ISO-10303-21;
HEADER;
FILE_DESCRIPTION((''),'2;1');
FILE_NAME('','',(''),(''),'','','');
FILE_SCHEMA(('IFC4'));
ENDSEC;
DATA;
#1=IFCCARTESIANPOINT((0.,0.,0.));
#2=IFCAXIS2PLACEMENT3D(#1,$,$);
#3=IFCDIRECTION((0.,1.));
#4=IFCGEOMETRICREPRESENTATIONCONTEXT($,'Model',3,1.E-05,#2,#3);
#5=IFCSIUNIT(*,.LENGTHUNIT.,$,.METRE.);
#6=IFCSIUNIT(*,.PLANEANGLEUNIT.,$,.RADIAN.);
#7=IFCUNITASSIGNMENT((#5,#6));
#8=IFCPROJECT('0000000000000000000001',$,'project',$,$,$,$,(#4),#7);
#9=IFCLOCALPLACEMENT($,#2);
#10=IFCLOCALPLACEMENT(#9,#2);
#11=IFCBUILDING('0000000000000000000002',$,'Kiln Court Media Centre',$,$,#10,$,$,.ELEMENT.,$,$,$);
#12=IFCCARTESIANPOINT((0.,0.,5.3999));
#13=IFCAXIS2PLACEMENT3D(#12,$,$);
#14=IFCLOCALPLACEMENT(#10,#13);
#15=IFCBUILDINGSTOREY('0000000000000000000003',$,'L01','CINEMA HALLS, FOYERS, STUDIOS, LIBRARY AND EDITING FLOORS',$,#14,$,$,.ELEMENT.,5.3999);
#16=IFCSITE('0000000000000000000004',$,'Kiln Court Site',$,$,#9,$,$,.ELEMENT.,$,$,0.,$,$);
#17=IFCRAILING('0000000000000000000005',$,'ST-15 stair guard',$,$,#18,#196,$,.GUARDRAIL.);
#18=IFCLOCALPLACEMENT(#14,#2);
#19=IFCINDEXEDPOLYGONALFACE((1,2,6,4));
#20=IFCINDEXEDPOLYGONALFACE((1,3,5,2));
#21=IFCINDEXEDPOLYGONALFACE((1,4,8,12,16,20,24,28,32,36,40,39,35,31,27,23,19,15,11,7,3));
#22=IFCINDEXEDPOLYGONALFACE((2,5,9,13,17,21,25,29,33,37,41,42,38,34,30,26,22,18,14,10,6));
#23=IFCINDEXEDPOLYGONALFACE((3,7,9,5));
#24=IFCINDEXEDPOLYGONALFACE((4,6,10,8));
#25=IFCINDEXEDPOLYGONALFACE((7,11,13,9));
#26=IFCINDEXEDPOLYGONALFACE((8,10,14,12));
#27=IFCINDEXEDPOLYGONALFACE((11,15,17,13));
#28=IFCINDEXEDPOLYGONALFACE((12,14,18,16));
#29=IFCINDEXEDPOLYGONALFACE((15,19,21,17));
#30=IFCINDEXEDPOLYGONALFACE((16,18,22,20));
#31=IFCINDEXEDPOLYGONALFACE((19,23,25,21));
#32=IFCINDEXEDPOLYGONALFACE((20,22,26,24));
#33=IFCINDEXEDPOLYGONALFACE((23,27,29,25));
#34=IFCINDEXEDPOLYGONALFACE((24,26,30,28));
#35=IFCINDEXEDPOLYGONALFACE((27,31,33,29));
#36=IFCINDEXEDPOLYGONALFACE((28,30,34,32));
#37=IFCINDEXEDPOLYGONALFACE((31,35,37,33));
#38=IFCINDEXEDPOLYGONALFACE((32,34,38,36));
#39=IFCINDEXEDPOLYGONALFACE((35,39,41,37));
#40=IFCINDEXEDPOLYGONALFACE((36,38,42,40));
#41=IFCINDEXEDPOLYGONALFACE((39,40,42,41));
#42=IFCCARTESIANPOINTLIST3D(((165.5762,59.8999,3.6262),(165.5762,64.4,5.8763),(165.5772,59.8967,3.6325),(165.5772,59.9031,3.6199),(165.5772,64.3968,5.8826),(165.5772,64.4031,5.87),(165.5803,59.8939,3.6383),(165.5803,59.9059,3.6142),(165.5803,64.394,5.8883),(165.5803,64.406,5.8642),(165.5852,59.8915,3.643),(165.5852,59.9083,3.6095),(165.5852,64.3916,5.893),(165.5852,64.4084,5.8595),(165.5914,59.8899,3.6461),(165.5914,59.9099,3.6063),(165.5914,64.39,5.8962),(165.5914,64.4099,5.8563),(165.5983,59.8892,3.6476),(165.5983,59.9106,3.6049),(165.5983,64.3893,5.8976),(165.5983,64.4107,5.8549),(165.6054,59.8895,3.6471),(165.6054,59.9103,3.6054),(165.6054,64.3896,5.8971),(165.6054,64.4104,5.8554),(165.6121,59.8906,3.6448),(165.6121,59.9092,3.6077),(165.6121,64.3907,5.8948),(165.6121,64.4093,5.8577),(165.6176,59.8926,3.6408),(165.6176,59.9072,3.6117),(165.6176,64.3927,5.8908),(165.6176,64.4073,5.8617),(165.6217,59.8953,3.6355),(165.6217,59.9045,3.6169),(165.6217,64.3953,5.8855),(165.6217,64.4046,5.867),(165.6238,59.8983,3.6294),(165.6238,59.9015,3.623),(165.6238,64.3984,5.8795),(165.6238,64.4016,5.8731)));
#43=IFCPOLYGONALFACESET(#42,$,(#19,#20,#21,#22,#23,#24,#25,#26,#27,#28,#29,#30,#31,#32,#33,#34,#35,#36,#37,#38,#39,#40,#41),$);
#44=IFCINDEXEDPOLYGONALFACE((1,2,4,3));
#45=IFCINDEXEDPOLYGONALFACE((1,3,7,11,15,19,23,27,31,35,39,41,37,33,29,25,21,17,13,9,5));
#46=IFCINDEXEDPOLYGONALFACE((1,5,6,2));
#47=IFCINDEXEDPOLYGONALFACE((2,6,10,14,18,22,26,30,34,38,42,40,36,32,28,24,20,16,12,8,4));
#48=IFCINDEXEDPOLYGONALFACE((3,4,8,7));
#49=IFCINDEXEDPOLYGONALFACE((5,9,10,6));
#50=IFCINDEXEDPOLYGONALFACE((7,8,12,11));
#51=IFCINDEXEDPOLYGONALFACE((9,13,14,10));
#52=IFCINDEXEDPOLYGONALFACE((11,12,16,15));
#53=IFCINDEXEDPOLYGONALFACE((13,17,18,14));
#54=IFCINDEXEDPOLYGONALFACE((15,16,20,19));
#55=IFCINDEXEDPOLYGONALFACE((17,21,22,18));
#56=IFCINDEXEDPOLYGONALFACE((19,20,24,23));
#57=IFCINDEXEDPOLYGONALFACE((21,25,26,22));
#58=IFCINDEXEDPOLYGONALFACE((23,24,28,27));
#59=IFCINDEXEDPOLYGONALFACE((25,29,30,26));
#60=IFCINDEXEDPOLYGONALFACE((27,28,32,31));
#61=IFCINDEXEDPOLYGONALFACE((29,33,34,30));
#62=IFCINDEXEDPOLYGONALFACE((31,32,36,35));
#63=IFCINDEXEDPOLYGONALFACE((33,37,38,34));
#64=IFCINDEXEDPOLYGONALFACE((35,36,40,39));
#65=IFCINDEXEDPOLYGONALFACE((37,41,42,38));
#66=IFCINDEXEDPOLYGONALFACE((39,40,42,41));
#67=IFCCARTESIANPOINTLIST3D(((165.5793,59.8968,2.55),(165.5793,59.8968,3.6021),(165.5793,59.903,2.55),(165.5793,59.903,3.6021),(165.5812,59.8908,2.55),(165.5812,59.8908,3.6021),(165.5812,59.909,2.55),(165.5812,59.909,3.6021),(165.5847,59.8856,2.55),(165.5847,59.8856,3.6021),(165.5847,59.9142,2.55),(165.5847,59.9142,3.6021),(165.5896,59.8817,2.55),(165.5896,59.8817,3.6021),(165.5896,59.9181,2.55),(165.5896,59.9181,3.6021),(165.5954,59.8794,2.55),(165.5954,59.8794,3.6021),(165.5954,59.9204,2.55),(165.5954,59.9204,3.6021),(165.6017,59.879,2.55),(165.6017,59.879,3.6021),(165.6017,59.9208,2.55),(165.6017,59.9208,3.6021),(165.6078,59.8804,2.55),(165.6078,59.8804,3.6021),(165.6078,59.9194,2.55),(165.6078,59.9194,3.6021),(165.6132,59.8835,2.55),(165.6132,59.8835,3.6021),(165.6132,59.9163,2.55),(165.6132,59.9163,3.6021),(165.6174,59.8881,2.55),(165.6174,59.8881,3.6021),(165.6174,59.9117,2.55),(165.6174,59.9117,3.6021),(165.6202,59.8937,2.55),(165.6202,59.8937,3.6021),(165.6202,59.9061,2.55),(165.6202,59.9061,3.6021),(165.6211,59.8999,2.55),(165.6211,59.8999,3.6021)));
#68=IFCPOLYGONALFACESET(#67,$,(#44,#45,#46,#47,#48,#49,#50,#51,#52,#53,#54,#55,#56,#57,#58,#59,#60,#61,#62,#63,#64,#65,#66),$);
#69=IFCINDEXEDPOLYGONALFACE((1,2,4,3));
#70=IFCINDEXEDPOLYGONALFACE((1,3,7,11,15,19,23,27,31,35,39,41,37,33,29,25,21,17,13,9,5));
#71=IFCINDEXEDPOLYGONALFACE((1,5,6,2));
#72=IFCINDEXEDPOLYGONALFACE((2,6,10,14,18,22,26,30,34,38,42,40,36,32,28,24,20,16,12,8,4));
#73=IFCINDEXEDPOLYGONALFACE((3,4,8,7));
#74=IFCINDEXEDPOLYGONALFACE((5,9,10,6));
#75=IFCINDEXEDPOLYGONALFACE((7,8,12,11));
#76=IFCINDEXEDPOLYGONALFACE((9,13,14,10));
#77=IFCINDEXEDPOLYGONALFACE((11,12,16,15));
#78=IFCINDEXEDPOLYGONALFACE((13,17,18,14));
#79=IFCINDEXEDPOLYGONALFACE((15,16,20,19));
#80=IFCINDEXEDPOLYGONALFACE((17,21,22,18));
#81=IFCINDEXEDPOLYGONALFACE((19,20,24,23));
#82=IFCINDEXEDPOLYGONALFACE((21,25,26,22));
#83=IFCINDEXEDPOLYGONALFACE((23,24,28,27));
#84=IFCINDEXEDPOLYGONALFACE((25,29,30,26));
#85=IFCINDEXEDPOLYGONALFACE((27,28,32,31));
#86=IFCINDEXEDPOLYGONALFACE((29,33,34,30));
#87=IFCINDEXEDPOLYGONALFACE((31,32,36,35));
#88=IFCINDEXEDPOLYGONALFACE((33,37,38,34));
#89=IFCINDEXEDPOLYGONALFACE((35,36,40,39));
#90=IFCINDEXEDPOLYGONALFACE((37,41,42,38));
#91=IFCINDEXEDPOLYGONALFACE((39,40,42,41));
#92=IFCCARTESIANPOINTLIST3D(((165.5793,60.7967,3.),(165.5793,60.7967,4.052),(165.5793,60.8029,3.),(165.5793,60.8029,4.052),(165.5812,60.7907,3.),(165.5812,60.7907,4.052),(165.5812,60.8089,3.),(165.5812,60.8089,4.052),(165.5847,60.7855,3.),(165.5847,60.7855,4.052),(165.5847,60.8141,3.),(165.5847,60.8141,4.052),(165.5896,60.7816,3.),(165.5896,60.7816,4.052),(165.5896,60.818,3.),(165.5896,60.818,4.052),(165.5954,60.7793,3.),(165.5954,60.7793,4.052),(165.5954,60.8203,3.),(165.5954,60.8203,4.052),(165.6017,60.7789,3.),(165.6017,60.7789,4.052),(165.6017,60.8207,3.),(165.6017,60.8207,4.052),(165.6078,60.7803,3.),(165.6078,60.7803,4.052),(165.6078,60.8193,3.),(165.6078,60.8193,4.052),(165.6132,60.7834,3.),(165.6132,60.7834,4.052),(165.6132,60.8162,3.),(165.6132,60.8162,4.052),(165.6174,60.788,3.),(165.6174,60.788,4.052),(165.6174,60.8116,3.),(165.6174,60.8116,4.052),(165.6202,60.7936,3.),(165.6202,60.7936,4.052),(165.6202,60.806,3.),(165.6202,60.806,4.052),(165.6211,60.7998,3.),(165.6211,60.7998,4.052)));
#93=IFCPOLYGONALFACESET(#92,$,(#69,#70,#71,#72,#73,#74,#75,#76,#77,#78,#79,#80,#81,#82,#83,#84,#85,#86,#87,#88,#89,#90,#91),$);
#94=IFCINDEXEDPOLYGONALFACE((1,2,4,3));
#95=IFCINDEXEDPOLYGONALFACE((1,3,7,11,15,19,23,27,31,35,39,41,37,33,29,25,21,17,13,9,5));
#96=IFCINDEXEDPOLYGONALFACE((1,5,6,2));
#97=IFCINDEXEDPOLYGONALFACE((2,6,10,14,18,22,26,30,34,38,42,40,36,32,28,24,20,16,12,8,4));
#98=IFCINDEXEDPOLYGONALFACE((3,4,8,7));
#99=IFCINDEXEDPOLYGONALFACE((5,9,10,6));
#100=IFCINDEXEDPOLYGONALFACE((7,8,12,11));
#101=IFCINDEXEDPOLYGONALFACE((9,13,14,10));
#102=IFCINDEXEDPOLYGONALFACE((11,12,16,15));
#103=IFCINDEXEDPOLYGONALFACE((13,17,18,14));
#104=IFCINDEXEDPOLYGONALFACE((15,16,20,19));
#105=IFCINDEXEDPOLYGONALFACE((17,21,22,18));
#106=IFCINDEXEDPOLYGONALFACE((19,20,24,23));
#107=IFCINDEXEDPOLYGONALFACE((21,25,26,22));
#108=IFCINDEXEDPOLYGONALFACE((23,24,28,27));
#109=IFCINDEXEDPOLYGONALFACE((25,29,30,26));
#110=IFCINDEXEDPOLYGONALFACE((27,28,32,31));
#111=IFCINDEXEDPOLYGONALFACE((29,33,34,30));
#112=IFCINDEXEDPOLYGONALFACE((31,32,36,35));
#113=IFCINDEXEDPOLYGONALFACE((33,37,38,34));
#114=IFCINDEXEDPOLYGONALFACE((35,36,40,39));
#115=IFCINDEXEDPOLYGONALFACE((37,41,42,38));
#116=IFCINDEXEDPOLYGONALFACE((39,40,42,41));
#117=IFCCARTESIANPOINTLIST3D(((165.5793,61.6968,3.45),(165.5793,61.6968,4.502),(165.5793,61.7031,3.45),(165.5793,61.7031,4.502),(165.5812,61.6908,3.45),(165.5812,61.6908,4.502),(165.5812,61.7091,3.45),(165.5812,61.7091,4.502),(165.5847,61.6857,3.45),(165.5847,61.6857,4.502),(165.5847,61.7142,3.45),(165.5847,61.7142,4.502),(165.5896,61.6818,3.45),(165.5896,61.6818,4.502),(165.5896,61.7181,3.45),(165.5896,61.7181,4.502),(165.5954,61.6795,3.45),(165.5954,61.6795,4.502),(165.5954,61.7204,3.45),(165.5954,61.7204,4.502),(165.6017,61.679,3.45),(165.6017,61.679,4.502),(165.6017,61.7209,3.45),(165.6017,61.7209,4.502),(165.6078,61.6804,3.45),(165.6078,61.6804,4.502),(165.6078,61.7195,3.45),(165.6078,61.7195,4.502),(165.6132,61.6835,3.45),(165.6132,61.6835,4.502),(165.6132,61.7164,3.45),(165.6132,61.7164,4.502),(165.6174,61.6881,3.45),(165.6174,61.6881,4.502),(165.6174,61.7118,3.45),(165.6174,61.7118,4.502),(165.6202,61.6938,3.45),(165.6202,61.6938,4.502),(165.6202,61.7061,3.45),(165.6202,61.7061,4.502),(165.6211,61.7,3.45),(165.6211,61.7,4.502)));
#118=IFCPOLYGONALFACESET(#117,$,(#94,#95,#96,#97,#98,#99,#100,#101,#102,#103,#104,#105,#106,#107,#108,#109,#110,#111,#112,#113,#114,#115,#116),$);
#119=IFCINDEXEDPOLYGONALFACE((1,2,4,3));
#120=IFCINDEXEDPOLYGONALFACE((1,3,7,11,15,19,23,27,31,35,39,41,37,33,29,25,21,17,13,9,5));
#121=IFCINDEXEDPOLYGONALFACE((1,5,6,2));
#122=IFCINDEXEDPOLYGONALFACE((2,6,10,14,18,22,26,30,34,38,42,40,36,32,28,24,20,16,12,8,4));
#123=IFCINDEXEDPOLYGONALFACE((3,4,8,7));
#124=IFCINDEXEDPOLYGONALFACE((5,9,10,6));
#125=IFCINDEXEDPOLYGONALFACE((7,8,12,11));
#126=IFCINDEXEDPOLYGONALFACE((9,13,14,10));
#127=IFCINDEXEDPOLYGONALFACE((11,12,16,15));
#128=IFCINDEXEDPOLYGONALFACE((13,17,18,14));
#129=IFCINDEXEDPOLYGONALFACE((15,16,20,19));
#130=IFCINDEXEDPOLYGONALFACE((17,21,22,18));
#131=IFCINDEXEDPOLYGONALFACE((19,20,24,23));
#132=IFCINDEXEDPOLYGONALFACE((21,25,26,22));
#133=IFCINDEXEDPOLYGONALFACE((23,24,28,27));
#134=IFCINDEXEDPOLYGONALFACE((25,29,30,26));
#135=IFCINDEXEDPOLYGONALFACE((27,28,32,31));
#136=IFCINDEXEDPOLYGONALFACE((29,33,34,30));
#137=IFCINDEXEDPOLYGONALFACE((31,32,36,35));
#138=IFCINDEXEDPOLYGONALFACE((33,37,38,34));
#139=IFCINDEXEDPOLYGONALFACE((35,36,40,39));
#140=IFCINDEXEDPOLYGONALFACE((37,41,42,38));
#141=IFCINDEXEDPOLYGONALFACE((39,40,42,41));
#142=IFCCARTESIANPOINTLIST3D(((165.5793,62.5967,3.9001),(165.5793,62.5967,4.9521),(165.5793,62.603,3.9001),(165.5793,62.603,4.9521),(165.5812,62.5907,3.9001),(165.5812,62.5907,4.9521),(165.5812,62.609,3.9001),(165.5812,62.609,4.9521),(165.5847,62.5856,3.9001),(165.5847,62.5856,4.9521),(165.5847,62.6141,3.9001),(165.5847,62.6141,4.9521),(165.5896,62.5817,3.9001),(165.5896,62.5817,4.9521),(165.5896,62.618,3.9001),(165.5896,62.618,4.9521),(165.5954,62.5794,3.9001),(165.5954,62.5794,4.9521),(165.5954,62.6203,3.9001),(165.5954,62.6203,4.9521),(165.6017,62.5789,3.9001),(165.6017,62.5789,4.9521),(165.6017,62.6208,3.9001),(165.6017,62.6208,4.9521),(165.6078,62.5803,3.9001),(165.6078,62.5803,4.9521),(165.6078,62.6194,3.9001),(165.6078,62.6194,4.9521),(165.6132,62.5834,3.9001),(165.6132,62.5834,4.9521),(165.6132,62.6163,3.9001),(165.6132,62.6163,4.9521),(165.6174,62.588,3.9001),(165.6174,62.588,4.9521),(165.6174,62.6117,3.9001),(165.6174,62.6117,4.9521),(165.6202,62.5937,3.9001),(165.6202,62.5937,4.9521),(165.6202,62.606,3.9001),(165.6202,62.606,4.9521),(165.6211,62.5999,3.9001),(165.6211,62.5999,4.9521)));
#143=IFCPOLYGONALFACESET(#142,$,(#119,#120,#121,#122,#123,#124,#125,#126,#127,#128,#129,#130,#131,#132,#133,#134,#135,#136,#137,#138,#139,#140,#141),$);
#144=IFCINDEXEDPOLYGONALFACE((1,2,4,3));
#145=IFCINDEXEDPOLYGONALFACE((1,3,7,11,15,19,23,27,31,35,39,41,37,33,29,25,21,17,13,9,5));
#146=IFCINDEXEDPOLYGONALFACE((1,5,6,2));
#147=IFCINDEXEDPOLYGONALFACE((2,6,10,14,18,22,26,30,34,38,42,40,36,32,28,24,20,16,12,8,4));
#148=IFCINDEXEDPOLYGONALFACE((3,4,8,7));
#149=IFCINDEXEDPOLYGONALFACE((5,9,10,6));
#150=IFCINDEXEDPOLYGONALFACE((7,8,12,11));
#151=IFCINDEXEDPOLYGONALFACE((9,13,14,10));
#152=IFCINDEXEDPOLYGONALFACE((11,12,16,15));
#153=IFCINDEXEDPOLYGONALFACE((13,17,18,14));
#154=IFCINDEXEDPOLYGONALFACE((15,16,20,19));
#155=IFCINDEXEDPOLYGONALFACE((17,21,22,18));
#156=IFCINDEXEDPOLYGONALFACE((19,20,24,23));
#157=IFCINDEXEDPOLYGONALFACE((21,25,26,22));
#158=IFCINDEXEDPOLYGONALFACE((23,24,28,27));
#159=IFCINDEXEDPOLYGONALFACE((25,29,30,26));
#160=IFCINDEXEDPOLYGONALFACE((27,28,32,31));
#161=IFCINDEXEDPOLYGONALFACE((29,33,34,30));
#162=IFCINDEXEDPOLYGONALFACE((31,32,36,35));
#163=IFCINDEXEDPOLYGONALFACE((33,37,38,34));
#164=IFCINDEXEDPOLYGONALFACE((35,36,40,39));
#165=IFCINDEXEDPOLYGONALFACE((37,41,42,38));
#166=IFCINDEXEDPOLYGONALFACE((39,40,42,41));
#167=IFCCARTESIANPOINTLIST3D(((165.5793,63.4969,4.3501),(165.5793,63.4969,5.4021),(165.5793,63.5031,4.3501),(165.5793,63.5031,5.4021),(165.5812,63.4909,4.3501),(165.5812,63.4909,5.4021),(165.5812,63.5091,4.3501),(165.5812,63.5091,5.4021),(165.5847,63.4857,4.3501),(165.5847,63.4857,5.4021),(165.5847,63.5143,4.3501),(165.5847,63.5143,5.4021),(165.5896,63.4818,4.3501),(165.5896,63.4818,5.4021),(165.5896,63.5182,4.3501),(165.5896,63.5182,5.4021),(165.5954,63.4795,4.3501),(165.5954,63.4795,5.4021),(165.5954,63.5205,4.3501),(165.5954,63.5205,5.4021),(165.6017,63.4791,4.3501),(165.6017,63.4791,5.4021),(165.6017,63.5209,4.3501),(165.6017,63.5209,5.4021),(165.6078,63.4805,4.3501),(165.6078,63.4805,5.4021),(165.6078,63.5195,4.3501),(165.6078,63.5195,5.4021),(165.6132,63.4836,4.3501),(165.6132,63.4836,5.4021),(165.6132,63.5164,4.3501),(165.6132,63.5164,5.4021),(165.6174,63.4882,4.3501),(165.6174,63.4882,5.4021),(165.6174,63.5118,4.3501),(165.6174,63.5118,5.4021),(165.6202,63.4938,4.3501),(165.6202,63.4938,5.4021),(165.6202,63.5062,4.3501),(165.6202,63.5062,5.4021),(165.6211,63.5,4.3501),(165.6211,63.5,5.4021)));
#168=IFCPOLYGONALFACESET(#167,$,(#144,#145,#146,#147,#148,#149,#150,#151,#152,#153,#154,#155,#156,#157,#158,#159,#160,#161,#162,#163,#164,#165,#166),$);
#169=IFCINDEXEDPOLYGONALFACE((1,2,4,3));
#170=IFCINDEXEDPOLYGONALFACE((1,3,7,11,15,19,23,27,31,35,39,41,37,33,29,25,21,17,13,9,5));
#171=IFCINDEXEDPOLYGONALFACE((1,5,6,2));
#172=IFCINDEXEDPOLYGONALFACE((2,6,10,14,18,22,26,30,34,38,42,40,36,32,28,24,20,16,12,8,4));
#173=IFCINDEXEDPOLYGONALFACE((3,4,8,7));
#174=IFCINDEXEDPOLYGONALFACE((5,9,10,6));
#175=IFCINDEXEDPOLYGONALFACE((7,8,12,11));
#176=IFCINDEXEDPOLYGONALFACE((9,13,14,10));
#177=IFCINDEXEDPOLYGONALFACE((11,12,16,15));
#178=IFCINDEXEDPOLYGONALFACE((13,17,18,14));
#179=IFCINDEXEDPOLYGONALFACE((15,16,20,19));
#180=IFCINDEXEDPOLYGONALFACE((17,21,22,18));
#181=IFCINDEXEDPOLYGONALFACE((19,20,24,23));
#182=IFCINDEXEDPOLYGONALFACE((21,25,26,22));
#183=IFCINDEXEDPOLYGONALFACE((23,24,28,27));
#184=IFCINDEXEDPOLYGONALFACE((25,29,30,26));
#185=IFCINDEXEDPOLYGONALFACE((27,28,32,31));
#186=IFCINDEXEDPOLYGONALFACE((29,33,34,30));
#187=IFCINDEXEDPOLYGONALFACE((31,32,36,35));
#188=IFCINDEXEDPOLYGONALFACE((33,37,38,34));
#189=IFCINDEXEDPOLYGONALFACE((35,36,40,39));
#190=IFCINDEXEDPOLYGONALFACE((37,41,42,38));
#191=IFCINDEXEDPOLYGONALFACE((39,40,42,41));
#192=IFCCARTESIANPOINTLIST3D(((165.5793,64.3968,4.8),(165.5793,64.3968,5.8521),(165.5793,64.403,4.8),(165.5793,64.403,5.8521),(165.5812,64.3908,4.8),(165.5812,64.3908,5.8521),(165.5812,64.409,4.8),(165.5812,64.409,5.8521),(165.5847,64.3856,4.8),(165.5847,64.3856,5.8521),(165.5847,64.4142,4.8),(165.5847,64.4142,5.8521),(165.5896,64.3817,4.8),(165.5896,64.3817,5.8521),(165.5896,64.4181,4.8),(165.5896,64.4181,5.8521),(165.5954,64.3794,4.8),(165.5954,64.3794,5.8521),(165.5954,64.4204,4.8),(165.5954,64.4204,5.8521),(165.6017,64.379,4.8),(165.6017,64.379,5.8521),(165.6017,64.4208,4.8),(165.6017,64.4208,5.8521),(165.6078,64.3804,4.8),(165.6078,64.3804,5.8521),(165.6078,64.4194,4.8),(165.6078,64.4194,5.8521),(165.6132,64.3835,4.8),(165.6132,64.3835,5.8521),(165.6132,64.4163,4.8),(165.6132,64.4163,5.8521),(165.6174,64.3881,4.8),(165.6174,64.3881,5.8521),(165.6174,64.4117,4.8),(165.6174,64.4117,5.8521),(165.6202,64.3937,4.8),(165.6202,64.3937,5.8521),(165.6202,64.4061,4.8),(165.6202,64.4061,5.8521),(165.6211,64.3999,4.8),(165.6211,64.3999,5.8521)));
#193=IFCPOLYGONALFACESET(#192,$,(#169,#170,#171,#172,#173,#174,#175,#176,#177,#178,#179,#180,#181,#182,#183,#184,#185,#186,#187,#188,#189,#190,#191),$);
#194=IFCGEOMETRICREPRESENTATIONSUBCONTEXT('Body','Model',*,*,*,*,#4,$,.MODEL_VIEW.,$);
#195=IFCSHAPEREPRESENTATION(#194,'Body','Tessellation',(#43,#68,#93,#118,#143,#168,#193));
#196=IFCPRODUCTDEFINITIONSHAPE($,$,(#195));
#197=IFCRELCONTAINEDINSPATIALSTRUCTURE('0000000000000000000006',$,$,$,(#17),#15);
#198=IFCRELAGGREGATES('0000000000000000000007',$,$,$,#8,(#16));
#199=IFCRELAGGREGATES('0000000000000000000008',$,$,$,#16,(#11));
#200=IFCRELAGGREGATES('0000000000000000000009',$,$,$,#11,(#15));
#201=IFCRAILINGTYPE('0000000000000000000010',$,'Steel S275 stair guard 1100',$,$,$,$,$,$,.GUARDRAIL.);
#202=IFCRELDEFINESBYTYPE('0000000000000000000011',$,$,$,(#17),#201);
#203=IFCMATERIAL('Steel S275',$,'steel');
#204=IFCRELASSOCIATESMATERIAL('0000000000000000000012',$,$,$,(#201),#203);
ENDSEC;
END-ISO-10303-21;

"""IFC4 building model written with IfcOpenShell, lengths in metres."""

from ifc_helpers import new_model, si_unit, direction, frame, origin, origin_2d, place, context, subcontext, project, spatial, circle, extrude, material, type_object, element, save


model = new_model("IFC4")

# Units and contexts
model_context = context("Model", 3, precision=1e-05, world=origin(), true_north=direction((0.0, 1.0)))
body_context = subcontext(model_context, "Body", "Model", "MODEL_VIEW")
ifc_project = project(units=[si_unit("LENGTHUNIT", "METRE"), si_unit("PLANEANGLEUNIT", "RADIAN")], contexts=[model_context])

# Site, building, storey
site_placement = place(None, origin())
site = spatial("IfcSite", under=ifc_project, at=site_placement, Name="Kiln Court Site", CompositionType="ELEMENT", RefElevation=0.0)
building_placement = place(site_placement, origin())
building = spatial("IfcBuilding", under=site, at=building_placement, Name="Kiln Court Media Centre", CompositionType="ELEMENT")
storey_placement = place(building_placement, frame((0.0, 0.0, 5.3999)))
storey = spatial("IfcBuildingStorey", under=building, at=storey_placement, Name="L01", Description="CINEMA HALLS, FOYERS, STUDIOS, LIBRARY AND EDITING FLOORS", CompositionType="ELEMENT", Elevation=5.3999)

# Railing
ifc_material_1 = material(Name="Steel S275", Category="steel")
railing_type_1 = type_object("IfcRailingType", Name="Steel S275 stair guard 1100", PredefinedType="GUARDRAIL", material=ifc_material_1)
railing_1_placement = place(storey_placement, frame((165.6001, 59.8999, 2.55)))
element("IfcRailing", 1, at=railing_1_placement, inside=storey, type_object=railing_type_1, Name="ST-15 stair guard", PredefinedType="GUARDRAIL", context=body_context, shape_type="SweptSolid", body=[
    extrude(circle(Radius=0.0239, at=origin_2d()), frame((0.0, 0.0, 1.0762), z_axis=(0.0, 0.894427, 0.447214), x_axis=(-1.0, 0.0, 0.0)), (0.0, 0.0, 1.0), 5.0312),
    extrude(circle(Radius=0.021, at=origin_2d()), origin(), (0.0, 0.0, 1.0), 1.052),
    extrude(circle(Radius=0.021, at=origin_2d()), frame((0.0, 0.8999, 0.45)), (0.0, 0.0, 1.0), 1.052),
    extrude(circle(Radius=0.021, at=origin_2d()), frame((0.0, 1.8, 0.8999)), (0.0, 0.0, 1.0), 1.052),
    extrude(circle(Radius=0.021, at=origin_2d()), frame((0.0, 2.7, 1.3501)), (0.0, 0.0, 1.0), 1.052),
    extrude(circle(Radius=0.021, at=origin_2d()), frame((0.0, 3.6001, 1.8)), (0.0, 0.0, 1.0), 1.052),
    extrude(circle(Radius=0.021, at=origin_2d()), frame((0.0, 4.5, 2.25)), (0.0, 0.0, 1.0), 1.052),
])

save(model, "model.ifc")
